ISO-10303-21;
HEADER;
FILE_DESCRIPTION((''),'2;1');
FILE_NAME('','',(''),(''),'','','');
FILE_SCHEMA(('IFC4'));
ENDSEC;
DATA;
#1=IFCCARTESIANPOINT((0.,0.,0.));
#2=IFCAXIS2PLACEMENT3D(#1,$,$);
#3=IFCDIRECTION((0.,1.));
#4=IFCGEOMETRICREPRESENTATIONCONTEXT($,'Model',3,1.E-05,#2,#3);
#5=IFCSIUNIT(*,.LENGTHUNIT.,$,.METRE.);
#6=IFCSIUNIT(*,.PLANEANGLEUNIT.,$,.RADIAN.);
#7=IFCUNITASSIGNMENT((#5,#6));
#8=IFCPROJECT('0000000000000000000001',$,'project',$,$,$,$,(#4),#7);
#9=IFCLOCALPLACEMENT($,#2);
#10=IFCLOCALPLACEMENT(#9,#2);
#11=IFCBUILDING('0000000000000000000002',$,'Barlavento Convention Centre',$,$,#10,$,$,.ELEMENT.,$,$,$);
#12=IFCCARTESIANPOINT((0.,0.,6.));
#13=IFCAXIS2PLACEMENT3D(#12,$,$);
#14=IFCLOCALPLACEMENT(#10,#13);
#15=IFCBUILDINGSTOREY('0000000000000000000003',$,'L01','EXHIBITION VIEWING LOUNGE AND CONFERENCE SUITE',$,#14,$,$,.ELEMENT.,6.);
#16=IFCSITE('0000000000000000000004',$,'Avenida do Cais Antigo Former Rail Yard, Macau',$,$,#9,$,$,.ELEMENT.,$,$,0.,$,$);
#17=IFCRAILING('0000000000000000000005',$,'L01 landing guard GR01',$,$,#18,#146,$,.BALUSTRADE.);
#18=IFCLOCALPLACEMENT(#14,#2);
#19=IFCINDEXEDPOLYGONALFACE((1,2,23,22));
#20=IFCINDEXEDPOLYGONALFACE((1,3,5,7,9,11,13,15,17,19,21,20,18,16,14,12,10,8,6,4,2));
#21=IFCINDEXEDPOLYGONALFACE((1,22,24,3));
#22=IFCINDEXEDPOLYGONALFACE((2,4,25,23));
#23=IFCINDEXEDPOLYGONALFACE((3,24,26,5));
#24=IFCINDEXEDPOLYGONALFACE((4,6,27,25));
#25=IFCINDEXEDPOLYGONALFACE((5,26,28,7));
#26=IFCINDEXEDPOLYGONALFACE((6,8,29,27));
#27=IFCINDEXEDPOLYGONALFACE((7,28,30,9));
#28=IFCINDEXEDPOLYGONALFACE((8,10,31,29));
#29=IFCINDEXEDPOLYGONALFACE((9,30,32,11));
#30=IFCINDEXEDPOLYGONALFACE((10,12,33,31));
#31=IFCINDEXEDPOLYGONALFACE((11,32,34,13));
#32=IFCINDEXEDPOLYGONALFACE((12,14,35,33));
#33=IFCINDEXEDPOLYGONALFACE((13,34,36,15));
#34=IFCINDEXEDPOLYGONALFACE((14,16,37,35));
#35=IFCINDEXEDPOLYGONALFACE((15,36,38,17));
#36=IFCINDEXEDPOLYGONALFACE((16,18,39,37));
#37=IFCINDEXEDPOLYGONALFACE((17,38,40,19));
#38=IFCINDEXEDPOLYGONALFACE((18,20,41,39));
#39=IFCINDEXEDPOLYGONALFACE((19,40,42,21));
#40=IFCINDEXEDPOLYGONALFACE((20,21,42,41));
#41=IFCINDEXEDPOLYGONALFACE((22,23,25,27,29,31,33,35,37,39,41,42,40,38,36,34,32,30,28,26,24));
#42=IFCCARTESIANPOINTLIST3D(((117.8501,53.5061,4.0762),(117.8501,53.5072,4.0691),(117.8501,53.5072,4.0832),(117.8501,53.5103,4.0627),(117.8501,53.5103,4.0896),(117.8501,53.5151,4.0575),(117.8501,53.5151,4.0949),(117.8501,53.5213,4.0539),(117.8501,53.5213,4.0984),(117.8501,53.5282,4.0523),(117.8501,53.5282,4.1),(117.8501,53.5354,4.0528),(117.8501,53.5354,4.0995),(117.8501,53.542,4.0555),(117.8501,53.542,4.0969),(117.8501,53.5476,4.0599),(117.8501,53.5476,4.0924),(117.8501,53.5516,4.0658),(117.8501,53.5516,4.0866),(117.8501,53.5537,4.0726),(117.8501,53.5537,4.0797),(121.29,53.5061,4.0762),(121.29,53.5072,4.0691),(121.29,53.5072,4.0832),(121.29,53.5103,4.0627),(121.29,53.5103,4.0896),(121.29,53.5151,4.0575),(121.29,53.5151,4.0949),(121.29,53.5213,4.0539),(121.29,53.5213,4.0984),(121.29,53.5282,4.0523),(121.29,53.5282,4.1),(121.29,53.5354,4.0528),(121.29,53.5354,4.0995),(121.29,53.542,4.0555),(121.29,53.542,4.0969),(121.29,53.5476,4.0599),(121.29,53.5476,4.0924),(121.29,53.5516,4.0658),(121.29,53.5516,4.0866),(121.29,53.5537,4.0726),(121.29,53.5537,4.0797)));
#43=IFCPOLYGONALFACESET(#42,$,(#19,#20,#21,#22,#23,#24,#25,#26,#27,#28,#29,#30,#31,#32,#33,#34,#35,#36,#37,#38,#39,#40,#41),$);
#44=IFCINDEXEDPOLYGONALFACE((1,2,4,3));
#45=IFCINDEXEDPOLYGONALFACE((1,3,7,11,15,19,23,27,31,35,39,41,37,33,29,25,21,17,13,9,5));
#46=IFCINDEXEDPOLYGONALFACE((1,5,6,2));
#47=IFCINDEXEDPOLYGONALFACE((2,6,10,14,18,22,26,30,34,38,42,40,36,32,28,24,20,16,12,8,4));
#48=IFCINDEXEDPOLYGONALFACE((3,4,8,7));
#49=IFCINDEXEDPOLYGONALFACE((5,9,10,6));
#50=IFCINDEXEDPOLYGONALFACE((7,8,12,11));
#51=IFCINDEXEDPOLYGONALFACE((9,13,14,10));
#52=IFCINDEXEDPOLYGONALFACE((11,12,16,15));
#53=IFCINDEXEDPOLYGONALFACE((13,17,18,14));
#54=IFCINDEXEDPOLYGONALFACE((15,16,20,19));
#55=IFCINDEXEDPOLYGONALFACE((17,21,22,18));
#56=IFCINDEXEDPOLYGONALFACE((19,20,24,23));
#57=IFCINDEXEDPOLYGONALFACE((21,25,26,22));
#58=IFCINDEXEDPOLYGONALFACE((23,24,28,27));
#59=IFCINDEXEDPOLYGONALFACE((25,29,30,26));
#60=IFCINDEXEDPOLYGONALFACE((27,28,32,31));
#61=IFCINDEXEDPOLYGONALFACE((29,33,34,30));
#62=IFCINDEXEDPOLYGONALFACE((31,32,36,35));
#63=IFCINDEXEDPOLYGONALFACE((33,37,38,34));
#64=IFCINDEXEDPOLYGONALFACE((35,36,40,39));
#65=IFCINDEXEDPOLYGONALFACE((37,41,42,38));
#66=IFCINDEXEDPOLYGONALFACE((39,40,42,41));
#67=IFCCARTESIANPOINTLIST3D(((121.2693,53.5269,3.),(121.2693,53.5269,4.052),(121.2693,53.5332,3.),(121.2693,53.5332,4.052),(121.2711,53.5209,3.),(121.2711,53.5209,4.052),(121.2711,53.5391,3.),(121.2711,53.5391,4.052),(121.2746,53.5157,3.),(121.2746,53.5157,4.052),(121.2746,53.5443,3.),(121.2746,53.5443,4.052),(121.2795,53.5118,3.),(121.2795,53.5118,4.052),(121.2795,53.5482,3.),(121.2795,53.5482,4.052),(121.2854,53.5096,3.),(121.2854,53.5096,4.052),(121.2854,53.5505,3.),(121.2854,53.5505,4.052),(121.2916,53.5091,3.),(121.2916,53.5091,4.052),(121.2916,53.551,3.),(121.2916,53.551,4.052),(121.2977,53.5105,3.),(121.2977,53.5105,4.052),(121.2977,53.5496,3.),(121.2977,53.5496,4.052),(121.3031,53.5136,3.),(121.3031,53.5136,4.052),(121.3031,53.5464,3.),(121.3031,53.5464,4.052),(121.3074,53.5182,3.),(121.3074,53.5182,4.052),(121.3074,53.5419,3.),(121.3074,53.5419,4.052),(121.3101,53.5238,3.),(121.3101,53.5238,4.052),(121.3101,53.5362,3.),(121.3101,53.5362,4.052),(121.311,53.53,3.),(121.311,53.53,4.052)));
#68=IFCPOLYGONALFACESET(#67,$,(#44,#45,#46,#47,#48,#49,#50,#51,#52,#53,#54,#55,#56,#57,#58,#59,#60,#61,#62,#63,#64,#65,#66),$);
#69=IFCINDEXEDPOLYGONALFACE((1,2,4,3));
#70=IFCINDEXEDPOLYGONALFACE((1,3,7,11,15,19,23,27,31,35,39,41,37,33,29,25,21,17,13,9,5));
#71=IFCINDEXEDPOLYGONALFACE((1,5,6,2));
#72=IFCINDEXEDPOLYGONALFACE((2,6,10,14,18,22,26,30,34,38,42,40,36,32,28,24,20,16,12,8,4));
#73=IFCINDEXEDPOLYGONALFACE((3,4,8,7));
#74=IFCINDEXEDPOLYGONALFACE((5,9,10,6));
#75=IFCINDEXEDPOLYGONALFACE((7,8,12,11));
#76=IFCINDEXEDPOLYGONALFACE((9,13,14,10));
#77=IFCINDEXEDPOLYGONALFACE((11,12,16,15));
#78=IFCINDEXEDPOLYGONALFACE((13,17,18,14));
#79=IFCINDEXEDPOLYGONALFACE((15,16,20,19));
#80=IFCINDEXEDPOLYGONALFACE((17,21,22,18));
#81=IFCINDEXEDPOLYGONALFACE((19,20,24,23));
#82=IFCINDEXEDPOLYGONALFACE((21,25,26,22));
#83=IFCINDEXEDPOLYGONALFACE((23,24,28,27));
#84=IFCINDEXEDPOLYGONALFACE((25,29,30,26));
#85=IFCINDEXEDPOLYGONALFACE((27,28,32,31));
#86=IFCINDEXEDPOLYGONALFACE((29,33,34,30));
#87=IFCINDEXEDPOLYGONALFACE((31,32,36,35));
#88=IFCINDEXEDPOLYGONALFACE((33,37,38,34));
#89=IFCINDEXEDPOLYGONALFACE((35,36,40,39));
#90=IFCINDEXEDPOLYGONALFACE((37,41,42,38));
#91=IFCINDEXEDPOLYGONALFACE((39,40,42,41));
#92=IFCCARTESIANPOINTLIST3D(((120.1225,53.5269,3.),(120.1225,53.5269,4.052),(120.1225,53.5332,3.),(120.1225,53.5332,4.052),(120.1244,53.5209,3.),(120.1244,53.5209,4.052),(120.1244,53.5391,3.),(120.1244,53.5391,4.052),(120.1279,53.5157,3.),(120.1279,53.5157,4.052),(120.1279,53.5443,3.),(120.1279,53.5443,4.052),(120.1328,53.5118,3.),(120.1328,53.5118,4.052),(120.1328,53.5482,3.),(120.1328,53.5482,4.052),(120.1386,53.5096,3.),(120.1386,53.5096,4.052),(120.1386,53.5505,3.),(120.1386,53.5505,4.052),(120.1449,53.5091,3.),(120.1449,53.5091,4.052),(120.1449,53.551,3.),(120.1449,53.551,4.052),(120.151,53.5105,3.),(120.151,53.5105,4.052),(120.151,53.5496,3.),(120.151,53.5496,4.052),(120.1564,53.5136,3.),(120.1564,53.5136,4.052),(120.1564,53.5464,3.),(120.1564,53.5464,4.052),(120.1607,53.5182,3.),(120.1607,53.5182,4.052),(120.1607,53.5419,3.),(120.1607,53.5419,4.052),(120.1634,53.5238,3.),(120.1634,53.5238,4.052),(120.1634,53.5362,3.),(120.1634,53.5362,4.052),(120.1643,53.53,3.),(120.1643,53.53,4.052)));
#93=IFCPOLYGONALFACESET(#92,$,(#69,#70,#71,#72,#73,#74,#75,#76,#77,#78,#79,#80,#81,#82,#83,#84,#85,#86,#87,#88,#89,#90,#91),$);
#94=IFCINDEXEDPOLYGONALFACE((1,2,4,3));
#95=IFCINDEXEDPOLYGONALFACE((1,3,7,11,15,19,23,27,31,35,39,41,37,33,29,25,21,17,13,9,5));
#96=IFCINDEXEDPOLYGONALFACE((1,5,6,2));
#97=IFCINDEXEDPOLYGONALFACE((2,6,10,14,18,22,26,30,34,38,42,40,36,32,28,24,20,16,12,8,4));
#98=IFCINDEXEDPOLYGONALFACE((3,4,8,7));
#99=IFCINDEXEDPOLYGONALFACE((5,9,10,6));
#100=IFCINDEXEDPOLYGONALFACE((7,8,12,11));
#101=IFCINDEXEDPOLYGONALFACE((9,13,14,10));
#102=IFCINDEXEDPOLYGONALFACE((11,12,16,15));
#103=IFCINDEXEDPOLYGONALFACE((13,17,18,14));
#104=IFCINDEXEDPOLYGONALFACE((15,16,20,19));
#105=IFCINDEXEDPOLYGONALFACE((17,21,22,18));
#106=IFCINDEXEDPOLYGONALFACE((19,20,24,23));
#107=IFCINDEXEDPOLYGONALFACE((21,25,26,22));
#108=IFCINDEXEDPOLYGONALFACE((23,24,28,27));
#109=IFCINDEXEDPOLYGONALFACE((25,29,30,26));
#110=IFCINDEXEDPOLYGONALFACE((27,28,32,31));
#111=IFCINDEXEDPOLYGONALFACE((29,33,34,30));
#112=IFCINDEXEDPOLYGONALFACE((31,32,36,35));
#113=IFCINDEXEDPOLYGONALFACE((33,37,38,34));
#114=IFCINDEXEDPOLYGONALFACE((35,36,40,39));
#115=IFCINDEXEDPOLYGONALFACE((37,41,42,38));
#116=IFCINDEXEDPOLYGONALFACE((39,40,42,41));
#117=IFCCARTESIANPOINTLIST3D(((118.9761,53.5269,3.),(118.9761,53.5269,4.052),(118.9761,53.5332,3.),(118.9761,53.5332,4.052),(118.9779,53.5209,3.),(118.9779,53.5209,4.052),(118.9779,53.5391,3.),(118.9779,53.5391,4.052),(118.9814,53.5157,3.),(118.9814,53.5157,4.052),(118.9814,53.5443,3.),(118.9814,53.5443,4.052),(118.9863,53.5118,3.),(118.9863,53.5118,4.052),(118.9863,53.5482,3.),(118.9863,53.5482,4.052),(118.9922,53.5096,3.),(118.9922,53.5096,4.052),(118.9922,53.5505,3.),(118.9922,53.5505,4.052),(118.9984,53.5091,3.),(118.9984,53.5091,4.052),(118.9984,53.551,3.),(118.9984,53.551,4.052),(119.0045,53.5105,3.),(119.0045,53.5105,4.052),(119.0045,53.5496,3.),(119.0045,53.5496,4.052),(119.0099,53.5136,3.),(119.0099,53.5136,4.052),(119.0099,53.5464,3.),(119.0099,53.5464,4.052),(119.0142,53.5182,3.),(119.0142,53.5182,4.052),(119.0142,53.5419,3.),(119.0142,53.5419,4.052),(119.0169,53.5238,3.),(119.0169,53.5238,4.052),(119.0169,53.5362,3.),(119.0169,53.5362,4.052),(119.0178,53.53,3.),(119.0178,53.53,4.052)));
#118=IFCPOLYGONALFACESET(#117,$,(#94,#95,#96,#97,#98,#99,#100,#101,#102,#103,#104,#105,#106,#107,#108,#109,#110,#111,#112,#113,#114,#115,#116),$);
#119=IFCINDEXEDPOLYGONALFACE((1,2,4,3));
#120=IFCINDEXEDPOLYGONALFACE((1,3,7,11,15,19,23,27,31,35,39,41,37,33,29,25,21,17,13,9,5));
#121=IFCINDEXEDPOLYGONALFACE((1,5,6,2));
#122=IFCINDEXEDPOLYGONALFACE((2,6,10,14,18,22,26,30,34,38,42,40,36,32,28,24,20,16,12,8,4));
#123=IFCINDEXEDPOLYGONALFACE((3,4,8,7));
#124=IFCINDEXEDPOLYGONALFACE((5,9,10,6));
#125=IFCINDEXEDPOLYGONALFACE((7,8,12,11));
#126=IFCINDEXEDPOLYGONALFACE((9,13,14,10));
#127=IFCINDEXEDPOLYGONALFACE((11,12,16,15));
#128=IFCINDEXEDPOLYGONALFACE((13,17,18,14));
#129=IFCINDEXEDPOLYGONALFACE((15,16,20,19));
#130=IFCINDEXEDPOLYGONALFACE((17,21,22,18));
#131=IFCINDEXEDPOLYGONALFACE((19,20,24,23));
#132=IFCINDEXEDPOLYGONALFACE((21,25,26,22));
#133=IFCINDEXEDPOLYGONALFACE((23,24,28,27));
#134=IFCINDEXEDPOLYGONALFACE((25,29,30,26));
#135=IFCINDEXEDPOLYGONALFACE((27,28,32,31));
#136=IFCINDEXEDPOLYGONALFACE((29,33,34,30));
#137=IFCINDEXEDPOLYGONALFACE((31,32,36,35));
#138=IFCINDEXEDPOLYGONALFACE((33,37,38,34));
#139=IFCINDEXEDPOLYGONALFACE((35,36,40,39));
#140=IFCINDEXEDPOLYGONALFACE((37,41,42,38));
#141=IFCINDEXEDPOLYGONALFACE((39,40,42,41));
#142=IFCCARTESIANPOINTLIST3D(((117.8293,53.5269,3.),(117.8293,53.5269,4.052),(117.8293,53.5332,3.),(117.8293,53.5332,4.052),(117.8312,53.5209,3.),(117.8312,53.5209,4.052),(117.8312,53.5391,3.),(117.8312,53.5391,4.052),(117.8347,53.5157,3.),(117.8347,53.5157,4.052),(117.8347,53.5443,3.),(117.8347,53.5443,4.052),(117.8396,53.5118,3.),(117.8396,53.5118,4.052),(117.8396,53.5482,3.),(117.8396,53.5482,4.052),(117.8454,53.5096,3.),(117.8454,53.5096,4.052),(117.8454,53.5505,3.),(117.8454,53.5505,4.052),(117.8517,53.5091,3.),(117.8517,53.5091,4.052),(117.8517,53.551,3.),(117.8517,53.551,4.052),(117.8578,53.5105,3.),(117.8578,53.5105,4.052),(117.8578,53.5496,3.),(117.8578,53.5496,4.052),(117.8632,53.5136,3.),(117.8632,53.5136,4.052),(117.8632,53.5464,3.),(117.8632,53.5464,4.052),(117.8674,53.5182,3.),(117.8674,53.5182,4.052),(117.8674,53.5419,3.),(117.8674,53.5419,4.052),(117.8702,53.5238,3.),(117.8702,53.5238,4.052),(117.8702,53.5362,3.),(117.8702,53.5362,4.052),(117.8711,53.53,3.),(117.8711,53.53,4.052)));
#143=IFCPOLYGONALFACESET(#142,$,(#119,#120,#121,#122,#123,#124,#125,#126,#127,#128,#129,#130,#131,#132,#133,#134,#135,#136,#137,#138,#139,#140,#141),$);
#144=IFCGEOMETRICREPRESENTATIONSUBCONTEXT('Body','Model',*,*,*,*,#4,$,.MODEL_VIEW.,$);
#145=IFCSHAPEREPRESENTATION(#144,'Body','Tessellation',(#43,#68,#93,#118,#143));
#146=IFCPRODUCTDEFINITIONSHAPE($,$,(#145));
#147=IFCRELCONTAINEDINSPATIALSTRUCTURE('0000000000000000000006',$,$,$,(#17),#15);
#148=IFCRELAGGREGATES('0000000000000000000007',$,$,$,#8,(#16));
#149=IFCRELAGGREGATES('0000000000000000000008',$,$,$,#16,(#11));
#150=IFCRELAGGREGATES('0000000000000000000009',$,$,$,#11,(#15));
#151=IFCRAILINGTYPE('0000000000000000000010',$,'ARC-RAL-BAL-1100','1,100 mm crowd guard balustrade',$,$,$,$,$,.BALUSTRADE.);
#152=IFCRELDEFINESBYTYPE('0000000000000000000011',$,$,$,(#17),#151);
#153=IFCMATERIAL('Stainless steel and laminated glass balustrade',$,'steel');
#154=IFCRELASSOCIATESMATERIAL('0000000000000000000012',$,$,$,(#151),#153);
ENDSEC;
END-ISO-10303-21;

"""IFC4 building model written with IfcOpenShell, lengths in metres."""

from ifc_helpers import new_model, si_unit, direction, frame, origin, origin_2d, place, context, subcontext, project, spatial, circle, extrude, material, type_object, element, save


model = new_model("IFC4")

# Units and contexts
model_context = context("Model", 3, precision=1e-05, world=origin(), true_north=direction((0.0, 1.0)))
body_context = subcontext(model_context, "Body", "Model", "MODEL_VIEW")
ifc_project = project(units=[si_unit("LENGTHUNIT", "METRE"), si_unit("PLANEANGLEUNIT", "RADIAN")], contexts=[model_context])

# Site, building, storey
site_placement = place(None, origin())
site = spatial("IfcSite", under=ifc_project, at=site_placement, Name="Avenida do Cais Antigo Former Rail Yard, Macau", CompositionType="ELEMENT", RefElevation=0.0)
building_placement = place(site_placement, origin())
building = spatial("IfcBuilding", under=site, at=building_placement, Name="Barlavento Convention Centre", CompositionType="ELEMENT")
storey_placement = place(building_placement, frame((0.0, 0.0, 6.0)))
storey = spatial("IfcBuildingStorey", under=building, at=storey_placement, Name="L01", Description="EXHIBITION VIEWING LOUNGE AND CONFERENCE SUITE", CompositionType="ELEMENT", Elevation=6.0)

# Railing
ifc_material_1 = material(Name="Stainless steel and laminated glass balustrade", Category="steel")
railing_type_1 = type_object("IfcRailingType", Name="ARC-RAL-BAL-1100", Description="1,100 mm crowd guard balustrade", PredefinedType="BALUSTRADE", material=ifc_material_1)
railing_1_placement = place(storey_placement, frame((121.29, 53.53, 3.0)))
element("IfcRailing", 1, at=railing_1_placement, inside=storey, type_object=railing_type_1, Name="L01 landing guard GR01", PredefinedType="BALUSTRADE", context=body_context, shape_type="SweptSolid", body=[
    extrude(circle(Radius=0.0239, at=origin_2d()), frame((0.0, 0.0, 1.0762), z_axis=(-1.0, 0.0, 0.0), x_axis=(0.0, -1.0, 0.0)), (0.0, 0.0, 1.0), 3.4399),
    extrude(circle(Radius=0.021, at=origin_2d()), origin(), (0.0, 0.0, 1.0), 1.052),
    extrude(circle(Radius=0.021, at=origin_2d()), frame((-1.1467, 0.0, 0.0)), (0.0, 0.0, 1.0), 1.052),
    extrude(circle(Radius=0.021, at=origin_2d()), frame((-2.2932, 0.0, 0.0)), (0.0, 0.0, 1.0), 1.052),
    extrude(circle(Radius=0.021, at=origin_2d()), frame((-3.4399, 0.0, 0.0)), (0.0, 0.0, 1.0), 1.052),
])

save(model, "model.ifc")
